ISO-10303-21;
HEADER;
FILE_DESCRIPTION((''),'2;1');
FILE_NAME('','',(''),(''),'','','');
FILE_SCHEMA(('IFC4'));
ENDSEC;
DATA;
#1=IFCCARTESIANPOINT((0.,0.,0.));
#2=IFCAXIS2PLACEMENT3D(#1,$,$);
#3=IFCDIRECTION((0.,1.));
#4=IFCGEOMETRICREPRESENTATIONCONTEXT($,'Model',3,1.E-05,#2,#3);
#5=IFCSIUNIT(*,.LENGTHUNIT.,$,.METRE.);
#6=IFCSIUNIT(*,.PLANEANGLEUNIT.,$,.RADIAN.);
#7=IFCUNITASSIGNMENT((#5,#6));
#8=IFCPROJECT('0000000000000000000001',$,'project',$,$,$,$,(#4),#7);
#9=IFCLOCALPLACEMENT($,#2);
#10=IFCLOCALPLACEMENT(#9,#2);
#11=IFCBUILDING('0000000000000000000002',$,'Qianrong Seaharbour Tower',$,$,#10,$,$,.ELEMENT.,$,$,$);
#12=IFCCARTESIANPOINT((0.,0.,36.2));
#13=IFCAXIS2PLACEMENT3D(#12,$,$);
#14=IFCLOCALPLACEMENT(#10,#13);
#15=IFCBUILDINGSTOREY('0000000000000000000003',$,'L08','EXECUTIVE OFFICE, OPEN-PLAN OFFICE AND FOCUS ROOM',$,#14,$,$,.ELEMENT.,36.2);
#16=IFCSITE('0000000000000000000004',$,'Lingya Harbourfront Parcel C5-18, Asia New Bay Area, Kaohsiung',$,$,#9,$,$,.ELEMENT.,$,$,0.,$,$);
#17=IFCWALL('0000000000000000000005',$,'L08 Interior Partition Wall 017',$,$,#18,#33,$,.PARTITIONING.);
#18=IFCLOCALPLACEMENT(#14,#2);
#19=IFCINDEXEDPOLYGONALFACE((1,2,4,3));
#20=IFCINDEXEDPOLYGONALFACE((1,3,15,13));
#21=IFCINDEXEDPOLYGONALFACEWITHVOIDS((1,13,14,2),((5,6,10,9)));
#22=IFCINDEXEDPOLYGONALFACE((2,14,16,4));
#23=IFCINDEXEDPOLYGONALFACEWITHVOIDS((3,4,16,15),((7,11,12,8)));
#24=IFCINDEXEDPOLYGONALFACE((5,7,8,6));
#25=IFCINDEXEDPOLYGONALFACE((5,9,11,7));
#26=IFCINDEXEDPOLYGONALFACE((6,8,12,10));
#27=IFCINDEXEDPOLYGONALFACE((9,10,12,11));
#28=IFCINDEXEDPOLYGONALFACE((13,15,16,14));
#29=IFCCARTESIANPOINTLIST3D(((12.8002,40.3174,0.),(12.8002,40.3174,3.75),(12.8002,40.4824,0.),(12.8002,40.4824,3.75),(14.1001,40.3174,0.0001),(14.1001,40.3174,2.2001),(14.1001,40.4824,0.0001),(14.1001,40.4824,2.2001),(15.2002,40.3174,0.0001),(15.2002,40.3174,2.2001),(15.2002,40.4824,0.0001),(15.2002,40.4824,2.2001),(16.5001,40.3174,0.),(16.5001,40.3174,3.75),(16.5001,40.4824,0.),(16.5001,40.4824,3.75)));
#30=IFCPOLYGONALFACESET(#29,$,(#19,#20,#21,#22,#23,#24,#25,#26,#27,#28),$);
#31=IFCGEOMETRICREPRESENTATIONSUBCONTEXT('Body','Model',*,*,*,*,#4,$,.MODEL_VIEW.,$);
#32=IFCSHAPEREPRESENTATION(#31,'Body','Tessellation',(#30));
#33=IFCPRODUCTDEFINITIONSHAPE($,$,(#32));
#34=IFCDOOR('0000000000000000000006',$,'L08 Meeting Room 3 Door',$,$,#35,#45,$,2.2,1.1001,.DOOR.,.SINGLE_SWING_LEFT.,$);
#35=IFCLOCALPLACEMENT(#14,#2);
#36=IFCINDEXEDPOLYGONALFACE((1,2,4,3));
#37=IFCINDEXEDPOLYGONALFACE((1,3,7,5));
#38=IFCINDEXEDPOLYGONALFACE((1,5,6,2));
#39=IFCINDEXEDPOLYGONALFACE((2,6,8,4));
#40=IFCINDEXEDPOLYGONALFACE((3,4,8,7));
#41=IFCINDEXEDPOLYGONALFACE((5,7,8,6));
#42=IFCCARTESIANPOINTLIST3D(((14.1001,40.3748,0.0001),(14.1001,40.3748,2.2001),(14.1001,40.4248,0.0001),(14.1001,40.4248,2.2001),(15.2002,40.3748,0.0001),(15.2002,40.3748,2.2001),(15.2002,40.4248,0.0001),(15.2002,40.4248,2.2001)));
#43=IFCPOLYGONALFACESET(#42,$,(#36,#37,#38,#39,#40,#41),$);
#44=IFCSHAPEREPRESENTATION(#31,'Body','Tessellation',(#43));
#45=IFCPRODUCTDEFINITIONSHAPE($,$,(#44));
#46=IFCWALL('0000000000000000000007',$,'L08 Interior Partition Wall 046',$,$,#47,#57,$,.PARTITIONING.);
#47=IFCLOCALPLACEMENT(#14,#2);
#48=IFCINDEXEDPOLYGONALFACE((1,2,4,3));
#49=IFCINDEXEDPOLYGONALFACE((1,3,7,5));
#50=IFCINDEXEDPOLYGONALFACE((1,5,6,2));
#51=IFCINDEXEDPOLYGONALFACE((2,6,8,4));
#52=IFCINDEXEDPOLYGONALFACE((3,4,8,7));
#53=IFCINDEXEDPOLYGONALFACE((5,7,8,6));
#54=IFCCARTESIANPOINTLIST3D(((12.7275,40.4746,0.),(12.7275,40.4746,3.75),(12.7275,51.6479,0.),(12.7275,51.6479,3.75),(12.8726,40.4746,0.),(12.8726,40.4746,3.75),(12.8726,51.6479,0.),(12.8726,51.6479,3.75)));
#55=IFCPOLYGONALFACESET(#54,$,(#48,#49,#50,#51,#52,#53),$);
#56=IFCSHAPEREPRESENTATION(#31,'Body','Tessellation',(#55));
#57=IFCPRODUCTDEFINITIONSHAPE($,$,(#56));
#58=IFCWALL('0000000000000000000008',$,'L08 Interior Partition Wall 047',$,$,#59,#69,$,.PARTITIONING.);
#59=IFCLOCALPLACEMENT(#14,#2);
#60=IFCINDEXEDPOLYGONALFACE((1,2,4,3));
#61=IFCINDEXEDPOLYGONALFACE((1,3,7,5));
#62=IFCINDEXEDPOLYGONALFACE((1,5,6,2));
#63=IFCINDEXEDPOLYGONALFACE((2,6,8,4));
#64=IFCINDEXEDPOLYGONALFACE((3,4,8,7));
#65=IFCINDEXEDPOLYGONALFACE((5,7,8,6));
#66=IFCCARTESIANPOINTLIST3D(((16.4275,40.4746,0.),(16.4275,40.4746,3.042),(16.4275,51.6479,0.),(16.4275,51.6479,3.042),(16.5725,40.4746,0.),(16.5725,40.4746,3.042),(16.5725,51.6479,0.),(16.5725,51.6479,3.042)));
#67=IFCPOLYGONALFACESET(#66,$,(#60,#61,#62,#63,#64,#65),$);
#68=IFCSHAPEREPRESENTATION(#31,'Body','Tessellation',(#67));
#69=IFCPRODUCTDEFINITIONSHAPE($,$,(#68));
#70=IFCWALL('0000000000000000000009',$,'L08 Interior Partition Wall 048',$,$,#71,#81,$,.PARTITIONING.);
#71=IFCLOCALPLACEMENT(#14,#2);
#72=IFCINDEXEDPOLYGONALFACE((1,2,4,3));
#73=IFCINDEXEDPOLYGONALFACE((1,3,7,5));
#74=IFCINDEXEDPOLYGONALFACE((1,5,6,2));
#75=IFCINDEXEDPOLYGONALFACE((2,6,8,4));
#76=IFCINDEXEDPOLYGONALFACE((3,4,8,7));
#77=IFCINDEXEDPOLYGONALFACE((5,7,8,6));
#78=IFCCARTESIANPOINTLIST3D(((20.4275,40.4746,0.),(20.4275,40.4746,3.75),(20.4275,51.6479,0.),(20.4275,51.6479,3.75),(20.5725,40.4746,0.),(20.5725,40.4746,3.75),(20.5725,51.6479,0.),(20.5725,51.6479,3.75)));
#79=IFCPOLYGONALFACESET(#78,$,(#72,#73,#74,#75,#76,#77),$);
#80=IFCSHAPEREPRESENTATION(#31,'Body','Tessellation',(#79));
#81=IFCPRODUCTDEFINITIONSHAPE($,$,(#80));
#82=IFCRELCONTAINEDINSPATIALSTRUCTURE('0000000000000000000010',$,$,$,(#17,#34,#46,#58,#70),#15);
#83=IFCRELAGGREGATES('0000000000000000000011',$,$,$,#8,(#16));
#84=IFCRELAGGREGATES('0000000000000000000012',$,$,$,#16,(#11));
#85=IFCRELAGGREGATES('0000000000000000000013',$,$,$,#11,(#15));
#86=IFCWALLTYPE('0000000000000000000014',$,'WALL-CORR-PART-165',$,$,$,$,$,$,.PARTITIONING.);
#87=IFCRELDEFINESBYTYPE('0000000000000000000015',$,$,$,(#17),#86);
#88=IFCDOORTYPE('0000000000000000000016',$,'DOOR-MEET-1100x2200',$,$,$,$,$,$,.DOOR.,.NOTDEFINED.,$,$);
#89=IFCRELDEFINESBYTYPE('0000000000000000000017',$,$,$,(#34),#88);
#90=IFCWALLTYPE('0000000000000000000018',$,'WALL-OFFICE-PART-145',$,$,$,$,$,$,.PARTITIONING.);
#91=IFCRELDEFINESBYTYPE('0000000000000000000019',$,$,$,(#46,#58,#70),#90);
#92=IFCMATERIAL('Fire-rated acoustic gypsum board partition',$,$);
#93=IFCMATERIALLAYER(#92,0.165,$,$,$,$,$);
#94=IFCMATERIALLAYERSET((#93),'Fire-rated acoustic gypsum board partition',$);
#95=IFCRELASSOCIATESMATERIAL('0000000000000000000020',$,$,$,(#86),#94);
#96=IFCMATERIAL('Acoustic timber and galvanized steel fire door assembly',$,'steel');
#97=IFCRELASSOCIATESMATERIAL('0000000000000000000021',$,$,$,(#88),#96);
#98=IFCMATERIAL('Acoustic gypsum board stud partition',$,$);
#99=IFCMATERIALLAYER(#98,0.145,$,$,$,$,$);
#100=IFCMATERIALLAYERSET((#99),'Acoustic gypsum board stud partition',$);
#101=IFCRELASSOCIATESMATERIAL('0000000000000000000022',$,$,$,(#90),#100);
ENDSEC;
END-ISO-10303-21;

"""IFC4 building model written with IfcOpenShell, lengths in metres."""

from ifc_helpers import new_model, si_unit, direction, frame, frame_2d, origin, place, context, subcontext, project, spatial, rectangle, extrude, material, layer, layer_set, type_object, element, fill, save


model = new_model("IFC4")

# Units and contexts
model_context = context("Model", 3, precision=1e-05, world=origin(), true_north=direction((0.0, 1.0)))
body_context = subcontext(model_context, "Body", "Model", "MODEL_VIEW")
ifc_project = project(units=[si_unit("LENGTHUNIT", "METRE"), si_unit("PLANEANGLEUNIT", "RADIAN")], contexts=[model_context])

# Site, building, storey
site_placement = place(None, origin())
site = spatial("IfcSite", under=ifc_project, at=site_placement, Name="Lingya Harbourfront Parcel C5-18, Asia New Bay Area, Kaohsiung", CompositionType="ELEMENT", RefElevation=0.0)
building_placement = place(site_placement, origin())
building = spatial("IfcBuilding", under=site, at=building_placement, Name="Qianrong Seaharbour Tower", CompositionType="ELEMENT")
storey_placement = place(building_placement, frame((0.0, 0.0, 36.2)))
storey = spatial("IfcBuildingStorey", under=building, at=storey_placement, Name="L08", Description="EXECUTIVE OFFICE, OPEN-PLAN OFFICE AND FOCUS ROOM", CompositionType="ELEMENT", Elevation=36.2)

# Wall, opening, door
ifc_material_1 = material(Name="Fire-rated acoustic gypsum board partition")
ifc_layer_1 = layer(ifc_material_1, 0.165)
ifc_layer_set_1 = layer_set([ifc_layer_1], Name="Fire-rated acoustic gypsum board partition")
wall_type_1 = type_object("IfcWallType", Name="WALL-CORR-PART-165", PredefinedType="PARTITIONING", material=ifc_layer_set_1)
wall_1_placement = place(storey_placement, frame((12.8, 40.3999, 0.0), z_axis=(0.0, 0.0, 1.0), x_axis=(1.0, 0.0, 0.0)))
wall_1 = element("IfcWall", 1, at=wall_1_placement, inside=storey, type_object=wall_type_1, Name="L08 Interior Partition Wall 017", PredefinedType="PARTITIONING", context=body_context, shape_type="SweptSolid", body=[
    extrude(rectangle(XDim=3.7, YDim=0.165, at=frame_2d((1.8501, 0.0))), origin(), (0.0, 0.0, 1.0), 3.75),
])
opening_1_placement = place(wall_1_placement, frame((1.3, 0.0, 0.0)))
opening_1 = element("IfcOpeningElement", 2, at=opening_1_placement, cuts=wall_1, PredefinedType="OPENING", context=body_context, shape_type="SweptSolid", body=[
    extrude(rectangle(XDim=1.1001, YDim=2.2, at=frame_2d((0.55, 1.1001))), frame((0.0, 0.0925, 0.0), z_axis=(0.0, -1.0, 0.0), x_axis=(1.0, 0.0, 0.0)), (0.0, 0.0, 1.0), 0.1851),
])
ifc_material_2 = material(Name="Acoustic timber and galvanized steel fire door assembly", Category="steel")
door_type_1 = type_object("IfcDoorType", Name="DOOR-MEET-1100x2200", OperationType="NOTDEFINED", PredefinedType="DOOR", material=ifc_material_2)
door_1_placement = place(opening_1_placement, origin())
door_1 = element("IfcDoor", 3, at=door_1_placement, inside=storey, type_object=door_type_1, Name="L08 Meeting Room 3 Door", OperationType="SINGLE_SWING_LEFT", OverallHeight=2.2, OverallWidth=1.1001, PredefinedType="DOOR", context=body_context, shape_type="SweptSolid", body=[
    extrude(rectangle(XDim=1.1001, YDim=2.2, at=frame_2d((0.55, 1.1001))), frame((0.0, 0.0249, 0.0), z_axis=(0.0, -1.0, 0.0), x_axis=(1.0, 0.0, 0.0)), (0.0, 0.0, 1.0), 0.05),
])
fill(opening_1, door_1)

# Walls
ifc_material_3 = material(Name="Acoustic gypsum board stud partition")
ifc_layer_2 = layer(ifc_material_3, 0.145)
ifc_layer_set_2 = layer_set([ifc_layer_2], Name="Acoustic gypsum board stud partition")
wall_type_2 = type_object("IfcWallType", Name="WALL-OFFICE-PART-145", PredefinedType="PARTITIONING", material=ifc_layer_set_2)
wall_2_placement = place(storey_placement, frame((12.8, 51.6479, 0.0), z_axis=(0.0, 0.0, 1.0), x_axis=(0.0, -1.0, 0.0)))
element("IfcWall", 4, at=wall_2_placement, inside=storey, type_object=wall_type_2, Name="L08 Interior Partition Wall 046", PredefinedType="PARTITIONING", context=body_context, shape_type="SweptSolid", body=[
    extrude(rectangle(XDim=11.1733, YDim=0.145, at=frame_2d((5.5867, 0.0))), origin(), (0.0, 0.0, 1.0), 3.75),
])
wall_3_placement = place(storey_placement, frame((16.5, 51.6479, 0.0), z_axis=(0.0, 0.0, 1.0), x_axis=(0.0, -1.0, 0.0)))
element("IfcWall", 5, at=wall_3_placement, inside=storey, type_object=wall_type_2, Name="L08 Interior Partition Wall 047", PredefinedType="PARTITIONING", context=body_context, shape_type="SweptSolid", body=[
    extrude(rectangle(XDim=11.1733, YDim=0.145, at=frame_2d((5.5867, 0.0))), origin(), (0.0, 0.0, 1.0), 3.042),
])
wall_4_placement = place(storey_placement, frame((20.5, 51.6479, 0.0), z_axis=(0.0, 0.0, 1.0), x_axis=(0.0, -1.0, 0.0)))
element("IfcWall", 6, at=wall_4_placement, inside=storey, type_object=wall_type_2, Name="L08 Interior Partition Wall 048", PredefinedType="PARTITIONING", context=body_context, shape_type="SweptSolid", body=[
    extrude(rectangle(XDim=11.1733, YDim=0.145, at=frame_2d((5.5867, 0.0))), origin(), (0.0, 0.0, 1.0), 3.75),
])

save(model, "model.ifc")
